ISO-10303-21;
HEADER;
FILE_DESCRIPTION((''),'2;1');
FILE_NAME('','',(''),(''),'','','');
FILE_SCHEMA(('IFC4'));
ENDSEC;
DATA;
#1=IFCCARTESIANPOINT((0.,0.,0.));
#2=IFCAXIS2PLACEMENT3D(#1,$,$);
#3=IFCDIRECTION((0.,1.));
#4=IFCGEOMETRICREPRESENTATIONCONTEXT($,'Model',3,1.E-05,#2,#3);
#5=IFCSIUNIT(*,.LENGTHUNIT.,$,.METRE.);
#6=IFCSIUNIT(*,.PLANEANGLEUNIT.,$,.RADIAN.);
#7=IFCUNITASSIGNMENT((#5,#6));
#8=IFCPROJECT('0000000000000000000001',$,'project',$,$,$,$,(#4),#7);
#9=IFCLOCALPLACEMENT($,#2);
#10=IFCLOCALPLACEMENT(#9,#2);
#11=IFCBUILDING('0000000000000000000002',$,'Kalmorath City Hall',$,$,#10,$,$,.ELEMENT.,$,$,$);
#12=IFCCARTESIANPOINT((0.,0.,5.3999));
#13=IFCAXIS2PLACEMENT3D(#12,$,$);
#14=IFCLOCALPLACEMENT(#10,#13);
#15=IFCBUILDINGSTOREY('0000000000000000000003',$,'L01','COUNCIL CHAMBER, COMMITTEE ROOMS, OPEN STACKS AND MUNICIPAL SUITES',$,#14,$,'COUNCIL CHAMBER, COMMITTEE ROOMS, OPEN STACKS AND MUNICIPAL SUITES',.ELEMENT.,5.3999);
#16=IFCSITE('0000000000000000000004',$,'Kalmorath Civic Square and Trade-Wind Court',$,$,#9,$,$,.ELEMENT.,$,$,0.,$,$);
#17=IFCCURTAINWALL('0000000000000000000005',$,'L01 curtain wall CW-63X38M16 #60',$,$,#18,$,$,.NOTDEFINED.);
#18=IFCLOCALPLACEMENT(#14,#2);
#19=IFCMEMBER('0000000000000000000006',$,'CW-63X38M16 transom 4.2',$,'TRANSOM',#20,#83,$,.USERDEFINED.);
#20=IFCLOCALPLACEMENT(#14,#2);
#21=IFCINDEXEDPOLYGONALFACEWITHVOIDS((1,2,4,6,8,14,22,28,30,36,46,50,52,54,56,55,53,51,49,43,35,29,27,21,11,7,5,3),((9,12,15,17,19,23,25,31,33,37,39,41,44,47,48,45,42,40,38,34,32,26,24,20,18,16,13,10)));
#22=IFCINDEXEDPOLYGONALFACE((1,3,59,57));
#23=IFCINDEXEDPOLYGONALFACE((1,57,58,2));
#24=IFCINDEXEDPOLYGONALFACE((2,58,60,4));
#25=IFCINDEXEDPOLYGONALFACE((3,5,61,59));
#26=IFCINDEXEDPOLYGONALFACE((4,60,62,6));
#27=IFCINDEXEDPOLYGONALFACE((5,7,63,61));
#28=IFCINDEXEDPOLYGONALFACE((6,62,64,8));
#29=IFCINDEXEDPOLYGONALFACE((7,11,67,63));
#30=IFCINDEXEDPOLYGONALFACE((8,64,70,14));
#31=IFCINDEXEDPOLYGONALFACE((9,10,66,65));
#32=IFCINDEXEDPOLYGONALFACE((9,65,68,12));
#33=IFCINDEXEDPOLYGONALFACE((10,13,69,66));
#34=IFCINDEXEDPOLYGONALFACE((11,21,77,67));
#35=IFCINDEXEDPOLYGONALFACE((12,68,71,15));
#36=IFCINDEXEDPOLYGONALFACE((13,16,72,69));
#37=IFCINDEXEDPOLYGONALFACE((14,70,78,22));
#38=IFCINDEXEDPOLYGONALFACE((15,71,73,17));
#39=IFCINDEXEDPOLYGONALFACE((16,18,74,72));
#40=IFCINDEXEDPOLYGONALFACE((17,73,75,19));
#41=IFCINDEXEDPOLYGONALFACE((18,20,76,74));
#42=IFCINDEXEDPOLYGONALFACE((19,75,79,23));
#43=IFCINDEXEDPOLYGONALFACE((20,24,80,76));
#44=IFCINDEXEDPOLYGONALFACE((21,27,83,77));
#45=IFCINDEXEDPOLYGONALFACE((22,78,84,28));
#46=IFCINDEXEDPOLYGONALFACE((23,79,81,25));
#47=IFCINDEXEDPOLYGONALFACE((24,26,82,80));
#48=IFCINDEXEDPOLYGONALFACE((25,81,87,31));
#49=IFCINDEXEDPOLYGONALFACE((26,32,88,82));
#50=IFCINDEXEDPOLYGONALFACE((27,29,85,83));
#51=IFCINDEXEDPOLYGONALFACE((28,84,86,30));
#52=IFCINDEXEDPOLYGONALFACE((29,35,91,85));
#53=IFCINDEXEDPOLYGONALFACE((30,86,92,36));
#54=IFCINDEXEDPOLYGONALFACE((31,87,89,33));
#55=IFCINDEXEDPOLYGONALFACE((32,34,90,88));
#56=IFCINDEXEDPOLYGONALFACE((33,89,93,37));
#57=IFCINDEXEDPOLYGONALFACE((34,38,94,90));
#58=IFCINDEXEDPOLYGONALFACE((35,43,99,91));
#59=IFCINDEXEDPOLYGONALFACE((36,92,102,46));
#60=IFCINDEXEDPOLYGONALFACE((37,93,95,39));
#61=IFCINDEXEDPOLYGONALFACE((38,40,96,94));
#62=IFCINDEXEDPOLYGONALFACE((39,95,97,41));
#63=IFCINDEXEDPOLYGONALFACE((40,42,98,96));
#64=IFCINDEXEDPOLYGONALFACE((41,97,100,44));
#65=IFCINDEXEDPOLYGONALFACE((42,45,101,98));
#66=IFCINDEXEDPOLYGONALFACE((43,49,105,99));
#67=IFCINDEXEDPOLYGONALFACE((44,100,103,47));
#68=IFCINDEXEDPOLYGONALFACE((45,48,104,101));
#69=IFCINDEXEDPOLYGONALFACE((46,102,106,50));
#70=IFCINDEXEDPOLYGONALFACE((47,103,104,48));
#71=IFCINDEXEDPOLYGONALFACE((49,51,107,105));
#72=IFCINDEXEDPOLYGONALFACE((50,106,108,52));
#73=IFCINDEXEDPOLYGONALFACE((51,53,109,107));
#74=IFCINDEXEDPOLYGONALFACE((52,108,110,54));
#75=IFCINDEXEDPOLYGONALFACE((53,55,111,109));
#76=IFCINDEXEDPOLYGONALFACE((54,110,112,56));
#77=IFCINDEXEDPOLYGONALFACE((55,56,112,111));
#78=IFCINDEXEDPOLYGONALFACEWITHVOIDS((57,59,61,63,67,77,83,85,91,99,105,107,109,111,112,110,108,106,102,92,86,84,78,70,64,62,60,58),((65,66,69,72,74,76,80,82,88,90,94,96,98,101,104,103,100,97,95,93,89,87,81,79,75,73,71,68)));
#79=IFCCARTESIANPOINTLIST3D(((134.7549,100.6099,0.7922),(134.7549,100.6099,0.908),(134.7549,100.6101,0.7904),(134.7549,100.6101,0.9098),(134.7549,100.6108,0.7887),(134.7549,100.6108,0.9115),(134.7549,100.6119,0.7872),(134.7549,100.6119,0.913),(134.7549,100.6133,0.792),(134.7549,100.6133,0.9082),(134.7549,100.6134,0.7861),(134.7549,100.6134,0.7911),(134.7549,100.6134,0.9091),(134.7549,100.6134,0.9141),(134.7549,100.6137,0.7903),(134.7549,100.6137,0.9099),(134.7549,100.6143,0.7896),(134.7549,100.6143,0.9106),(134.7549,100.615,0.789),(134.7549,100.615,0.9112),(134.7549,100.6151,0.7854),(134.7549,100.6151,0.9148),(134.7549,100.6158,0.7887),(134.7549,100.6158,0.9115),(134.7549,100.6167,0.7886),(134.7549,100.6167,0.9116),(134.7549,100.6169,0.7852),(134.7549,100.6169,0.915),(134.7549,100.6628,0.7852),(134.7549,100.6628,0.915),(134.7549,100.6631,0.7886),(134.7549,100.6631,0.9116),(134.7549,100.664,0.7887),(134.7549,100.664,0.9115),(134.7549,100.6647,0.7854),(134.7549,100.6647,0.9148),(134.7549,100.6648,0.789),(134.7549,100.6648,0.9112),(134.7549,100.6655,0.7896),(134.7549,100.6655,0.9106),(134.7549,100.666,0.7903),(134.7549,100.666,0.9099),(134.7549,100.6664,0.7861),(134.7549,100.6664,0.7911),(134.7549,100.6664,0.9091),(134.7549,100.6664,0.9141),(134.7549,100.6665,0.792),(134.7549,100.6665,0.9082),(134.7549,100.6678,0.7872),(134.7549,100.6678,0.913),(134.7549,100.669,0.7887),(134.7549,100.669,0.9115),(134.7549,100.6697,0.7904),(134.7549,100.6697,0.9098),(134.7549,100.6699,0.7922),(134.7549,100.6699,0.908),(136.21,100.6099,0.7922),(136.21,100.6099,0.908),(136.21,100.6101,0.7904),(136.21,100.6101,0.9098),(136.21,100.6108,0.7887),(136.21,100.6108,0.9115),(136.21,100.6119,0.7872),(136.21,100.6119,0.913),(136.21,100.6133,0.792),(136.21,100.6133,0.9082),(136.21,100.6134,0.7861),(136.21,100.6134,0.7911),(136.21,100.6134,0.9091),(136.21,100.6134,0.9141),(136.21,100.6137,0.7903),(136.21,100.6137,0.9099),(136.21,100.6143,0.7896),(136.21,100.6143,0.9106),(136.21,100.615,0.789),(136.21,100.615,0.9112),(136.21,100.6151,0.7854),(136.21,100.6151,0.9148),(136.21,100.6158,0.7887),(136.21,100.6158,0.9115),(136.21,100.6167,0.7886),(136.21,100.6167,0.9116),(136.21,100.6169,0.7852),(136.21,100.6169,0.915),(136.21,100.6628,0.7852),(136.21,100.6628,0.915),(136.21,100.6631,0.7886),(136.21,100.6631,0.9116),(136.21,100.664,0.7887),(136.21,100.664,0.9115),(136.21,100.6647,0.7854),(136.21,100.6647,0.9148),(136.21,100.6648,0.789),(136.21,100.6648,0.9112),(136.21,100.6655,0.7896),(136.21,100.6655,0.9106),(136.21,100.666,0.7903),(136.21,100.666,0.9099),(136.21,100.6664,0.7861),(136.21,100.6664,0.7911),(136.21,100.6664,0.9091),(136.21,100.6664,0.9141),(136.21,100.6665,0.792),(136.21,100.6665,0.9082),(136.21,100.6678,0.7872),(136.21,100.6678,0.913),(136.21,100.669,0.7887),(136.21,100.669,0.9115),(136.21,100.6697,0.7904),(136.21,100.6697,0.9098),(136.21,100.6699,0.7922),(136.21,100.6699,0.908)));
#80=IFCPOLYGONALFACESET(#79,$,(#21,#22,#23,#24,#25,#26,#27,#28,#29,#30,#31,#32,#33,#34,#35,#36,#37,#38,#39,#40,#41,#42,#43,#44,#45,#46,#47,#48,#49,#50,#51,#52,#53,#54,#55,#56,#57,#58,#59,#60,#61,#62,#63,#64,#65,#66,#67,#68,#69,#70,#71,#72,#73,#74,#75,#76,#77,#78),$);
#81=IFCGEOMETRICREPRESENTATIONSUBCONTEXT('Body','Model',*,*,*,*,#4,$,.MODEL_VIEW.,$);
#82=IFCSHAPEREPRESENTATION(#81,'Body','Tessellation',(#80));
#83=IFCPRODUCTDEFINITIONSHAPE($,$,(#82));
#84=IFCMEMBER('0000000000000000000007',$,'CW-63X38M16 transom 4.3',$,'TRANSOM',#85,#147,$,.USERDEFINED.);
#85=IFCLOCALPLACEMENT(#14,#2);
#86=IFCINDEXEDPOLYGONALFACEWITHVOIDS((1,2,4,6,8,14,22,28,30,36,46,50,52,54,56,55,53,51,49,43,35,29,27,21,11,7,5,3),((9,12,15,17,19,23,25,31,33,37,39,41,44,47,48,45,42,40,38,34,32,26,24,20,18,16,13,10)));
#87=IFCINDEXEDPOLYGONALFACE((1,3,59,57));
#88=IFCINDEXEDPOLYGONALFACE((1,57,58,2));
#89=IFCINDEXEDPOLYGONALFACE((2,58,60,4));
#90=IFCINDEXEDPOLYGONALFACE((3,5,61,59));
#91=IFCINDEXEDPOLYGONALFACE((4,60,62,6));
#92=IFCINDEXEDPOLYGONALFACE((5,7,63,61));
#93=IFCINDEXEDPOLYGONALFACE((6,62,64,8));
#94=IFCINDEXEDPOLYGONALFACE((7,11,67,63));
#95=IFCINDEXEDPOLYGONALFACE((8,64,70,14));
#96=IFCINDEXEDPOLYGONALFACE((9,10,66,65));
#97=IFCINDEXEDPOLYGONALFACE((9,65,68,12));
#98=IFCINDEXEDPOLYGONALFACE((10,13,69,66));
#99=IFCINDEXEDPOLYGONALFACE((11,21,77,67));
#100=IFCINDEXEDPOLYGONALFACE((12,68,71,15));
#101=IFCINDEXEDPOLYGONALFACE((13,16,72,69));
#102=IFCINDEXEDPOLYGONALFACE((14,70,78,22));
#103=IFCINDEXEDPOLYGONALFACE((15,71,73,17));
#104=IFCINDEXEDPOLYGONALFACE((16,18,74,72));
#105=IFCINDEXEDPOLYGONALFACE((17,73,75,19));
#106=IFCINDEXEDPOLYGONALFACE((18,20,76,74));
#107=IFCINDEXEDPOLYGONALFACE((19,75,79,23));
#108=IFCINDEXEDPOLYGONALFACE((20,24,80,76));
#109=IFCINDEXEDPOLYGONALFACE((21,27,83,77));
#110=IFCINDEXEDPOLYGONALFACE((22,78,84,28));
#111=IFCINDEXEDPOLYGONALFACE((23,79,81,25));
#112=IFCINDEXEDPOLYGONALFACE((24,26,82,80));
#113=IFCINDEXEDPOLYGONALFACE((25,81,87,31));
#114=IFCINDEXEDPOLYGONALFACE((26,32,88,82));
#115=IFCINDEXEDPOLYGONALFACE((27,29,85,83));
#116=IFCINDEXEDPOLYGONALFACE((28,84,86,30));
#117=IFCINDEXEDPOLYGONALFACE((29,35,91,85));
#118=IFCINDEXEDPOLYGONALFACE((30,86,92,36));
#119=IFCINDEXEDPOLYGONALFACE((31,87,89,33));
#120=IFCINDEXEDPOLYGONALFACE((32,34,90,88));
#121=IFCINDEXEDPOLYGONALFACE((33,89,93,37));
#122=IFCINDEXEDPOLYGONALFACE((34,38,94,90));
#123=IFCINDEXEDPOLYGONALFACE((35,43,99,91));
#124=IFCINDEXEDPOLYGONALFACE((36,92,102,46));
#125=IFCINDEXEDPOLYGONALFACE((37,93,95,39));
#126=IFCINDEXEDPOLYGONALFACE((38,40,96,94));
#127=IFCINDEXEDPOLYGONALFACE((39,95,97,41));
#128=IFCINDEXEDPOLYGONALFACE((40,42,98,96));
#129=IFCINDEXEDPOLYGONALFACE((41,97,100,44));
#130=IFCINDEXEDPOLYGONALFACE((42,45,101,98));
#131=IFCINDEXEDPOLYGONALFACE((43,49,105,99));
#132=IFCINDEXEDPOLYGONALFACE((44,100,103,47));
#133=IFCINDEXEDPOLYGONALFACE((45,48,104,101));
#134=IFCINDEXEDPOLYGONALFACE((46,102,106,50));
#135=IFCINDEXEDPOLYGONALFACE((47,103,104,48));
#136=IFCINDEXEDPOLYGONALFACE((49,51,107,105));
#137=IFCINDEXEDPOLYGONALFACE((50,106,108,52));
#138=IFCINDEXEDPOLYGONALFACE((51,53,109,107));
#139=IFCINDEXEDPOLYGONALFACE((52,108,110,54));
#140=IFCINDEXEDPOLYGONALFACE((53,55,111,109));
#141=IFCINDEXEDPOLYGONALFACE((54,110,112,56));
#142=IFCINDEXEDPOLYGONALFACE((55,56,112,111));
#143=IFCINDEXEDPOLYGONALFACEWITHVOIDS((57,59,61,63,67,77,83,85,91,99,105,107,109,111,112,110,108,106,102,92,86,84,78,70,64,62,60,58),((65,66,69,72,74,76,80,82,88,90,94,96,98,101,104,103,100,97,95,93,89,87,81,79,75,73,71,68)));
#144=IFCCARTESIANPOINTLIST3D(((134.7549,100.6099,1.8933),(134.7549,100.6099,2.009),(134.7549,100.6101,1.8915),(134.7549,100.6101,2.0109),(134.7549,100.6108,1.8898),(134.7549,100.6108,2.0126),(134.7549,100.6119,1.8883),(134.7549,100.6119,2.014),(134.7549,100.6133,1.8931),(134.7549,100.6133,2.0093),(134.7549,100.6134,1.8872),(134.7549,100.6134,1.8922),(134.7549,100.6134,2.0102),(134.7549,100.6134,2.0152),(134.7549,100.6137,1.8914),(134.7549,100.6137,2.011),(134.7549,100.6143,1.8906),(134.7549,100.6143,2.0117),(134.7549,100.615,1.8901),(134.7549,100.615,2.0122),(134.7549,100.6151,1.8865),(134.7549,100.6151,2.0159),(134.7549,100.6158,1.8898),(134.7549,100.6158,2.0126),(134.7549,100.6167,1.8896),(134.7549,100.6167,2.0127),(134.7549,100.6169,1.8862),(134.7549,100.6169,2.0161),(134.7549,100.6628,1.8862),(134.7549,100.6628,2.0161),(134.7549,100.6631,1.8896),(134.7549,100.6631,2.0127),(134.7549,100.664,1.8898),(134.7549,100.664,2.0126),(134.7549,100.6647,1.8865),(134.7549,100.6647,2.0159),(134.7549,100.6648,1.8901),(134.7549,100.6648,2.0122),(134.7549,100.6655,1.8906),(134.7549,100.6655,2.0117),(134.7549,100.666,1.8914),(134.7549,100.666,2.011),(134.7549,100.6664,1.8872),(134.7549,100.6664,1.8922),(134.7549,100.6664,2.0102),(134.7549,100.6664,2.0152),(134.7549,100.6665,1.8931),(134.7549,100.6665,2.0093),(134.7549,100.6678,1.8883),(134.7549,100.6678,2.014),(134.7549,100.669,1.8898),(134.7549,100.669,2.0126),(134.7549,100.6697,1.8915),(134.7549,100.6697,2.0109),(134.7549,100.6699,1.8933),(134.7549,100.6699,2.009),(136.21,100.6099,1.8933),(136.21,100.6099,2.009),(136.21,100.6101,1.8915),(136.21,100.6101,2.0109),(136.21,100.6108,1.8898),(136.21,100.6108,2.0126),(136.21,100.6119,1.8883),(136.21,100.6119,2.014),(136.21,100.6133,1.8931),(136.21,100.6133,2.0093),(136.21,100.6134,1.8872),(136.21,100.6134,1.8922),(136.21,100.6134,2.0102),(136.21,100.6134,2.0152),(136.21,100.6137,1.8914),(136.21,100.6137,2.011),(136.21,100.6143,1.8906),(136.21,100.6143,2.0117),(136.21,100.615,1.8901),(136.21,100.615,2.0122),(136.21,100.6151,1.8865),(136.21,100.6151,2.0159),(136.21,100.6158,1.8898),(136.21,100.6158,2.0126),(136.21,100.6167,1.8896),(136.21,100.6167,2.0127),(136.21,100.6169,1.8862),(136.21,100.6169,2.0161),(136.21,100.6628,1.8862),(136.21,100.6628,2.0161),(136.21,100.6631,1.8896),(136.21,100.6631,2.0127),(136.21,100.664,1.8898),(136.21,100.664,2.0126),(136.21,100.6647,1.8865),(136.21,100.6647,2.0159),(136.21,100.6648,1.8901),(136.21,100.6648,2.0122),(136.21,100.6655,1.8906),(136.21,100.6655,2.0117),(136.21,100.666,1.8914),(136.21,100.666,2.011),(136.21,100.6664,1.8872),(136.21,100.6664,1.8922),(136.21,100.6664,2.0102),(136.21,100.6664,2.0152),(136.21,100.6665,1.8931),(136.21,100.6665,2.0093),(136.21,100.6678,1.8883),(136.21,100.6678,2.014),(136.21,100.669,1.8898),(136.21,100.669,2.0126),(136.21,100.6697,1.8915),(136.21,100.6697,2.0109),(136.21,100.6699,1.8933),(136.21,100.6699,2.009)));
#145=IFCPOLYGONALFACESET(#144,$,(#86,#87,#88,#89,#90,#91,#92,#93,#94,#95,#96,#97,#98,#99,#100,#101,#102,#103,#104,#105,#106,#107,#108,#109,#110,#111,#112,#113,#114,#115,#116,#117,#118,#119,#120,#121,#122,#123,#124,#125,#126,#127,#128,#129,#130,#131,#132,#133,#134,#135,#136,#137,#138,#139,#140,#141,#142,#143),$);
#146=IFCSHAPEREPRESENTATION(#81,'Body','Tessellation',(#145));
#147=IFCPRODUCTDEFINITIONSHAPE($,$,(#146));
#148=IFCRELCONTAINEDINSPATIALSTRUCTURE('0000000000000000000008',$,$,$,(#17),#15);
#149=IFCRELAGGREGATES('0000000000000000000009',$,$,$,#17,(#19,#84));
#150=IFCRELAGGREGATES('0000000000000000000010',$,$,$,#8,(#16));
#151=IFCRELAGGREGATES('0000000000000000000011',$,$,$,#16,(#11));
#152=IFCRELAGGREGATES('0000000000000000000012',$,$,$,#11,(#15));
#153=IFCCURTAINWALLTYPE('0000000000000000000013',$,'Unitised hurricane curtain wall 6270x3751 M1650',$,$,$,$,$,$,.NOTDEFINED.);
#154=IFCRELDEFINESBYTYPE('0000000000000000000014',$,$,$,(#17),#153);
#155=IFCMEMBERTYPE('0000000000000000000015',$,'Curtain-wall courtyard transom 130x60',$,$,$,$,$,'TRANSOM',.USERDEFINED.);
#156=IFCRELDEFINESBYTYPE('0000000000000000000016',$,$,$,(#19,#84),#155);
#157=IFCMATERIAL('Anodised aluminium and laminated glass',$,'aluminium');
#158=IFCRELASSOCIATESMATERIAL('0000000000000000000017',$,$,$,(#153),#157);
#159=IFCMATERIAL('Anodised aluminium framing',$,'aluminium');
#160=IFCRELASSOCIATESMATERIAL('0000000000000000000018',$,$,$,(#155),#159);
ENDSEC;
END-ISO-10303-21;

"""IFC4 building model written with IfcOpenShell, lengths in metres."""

from ifc_helpers import new_model, si_unit, direction, frame, origin, origin_2d, place, context, subcontext, project, spatial, hollow_rectangle, extrude, material, material_profile, profile_set, type_object, element, aggregate, save


model = new_model("IFC4")

# Units and contexts
model_context = context("Model", 3, precision=1e-05, world=origin(), true_north=direction((0.0, 1.0)))
body_context = subcontext(model_context, "Body", "Model", "MODEL_VIEW")
ifc_project = project(units=[si_unit("LENGTHUNIT", "METRE"), si_unit("PLANEANGLEUNIT", "RADIAN")], contexts=[model_context])

# Site, building, storey
site_placement = place(None, origin())
site = spatial("IfcSite", under=ifc_project, at=site_placement, Name="Kalmorath Civic Square and Trade-Wind Court", CompositionType="ELEMENT", RefElevation=0.0)
building_placement = place(site_placement, origin())
building = spatial("IfcBuilding", under=site, at=building_placement, Name="Kalmorath City Hall", CompositionType="ELEMENT")
storey_placement = place(building_placement, frame((0.0, 0.0, 5.3999)))
storey = spatial("IfcBuildingStorey", under=building, at=storey_placement, Name="L01", Description="COUNCIL CHAMBER, COMMITTEE ROOMS, OPEN STACKS AND MUNICIPAL SUITES", LongName="COUNCIL CHAMBER, COMMITTEE ROOMS, OPEN STACKS AND MUNICIPAL SUITES", CompositionType="ELEMENT", Elevation=5.3999)

# Curtain wall, members
ifc_material_1 = material(Name="Anodised aluminium and laminated glass", Category="aluminium")
curtain_wall_type_1 = type_object("IfcCurtainWallType", Name="Unitised hurricane curtain wall 6270x3751 M1650", PredefinedType="NOTDEFINED", material=ifc_material_1)
curtain_wall_1_placement = place(storey_placement, origin())
curtain_wall_1 = element("IfcCurtainWall", 1, at=curtain_wall_1_placement, inside=storey, type_object=curtain_wall_type_1, Name="L01 curtain wall CW-63X38M16 #60", PredefinedType="NOTDEFINED")
ifc_material_2 = material(Name="Anodised aluminium framing", Category="aluminium")
ifc_material_profile_1 = material_profile(ifc_material_2, hollow_rectangle(XDim=0.0601, YDim=0.1299, WallThickness=0.0034, InnerFilletRadius=0.0034, OuterFilletRadius=0.0071, at=origin_2d()), Name="ALU-TRN-130X60X3.5")
ifc_profile_set_1 = profile_set([ifc_material_profile_1], Name="Anodised aluminium framing")
member_type_1 = type_object("IfcMemberType", Name="Curtain-wall courtyard transom 130x60", ElementType="TRANSOM", PredefinedType="USERDEFINED", material=ifc_profile_set_1)
member_1_placement = place(storey_placement, frame((134.7549, 100.6399, 0.8501), z_axis=(1.0, 0.0, 0.0), x_axis=(0.0, 1.0, 0.0)))
member_1 = element("IfcMember", 2, at=member_1_placement, type_object=member_type_1, Name="CW-63X38M16 transom 4.2", ObjectType="TRANSOM", PredefinedType="USERDEFINED", context=body_context, shape_type="SweptSolid", body=[
    extrude(hollow_rectangle(XDim=0.0601, YDim=0.1299, WallThickness=0.0034, InnerFilletRadius=0.0034, OuterFilletRadius=0.0071, at=origin_2d()), origin(), (0.0, 0.0, 1.0), 1.4551),
])
member_2_placement = place(storey_placement, frame((134.7549, 100.6399, 1.9512), z_axis=(1.0, 0.0, 0.0), x_axis=(0.0, 1.0, 0.0)))
member_2 = element("IfcMember", 3, at=member_2_placement, type_object=member_type_1, Name="CW-63X38M16 transom 4.3", ObjectType="TRANSOM", PredefinedType="USERDEFINED", context=body_context, shape_type="SweptSolid", body=[
    extrude(hollow_rectangle(XDim=0.0601, YDim=0.1299, WallThickness=0.0034, InnerFilletRadius=0.0034, OuterFilletRadius=0.0071, at=origin_2d()), origin(), (0.0, 0.0, 1.0), 1.4551),
])

aggregate(curtain_wall_1, [member_1, member_2])

save(model, "model.ifc")
